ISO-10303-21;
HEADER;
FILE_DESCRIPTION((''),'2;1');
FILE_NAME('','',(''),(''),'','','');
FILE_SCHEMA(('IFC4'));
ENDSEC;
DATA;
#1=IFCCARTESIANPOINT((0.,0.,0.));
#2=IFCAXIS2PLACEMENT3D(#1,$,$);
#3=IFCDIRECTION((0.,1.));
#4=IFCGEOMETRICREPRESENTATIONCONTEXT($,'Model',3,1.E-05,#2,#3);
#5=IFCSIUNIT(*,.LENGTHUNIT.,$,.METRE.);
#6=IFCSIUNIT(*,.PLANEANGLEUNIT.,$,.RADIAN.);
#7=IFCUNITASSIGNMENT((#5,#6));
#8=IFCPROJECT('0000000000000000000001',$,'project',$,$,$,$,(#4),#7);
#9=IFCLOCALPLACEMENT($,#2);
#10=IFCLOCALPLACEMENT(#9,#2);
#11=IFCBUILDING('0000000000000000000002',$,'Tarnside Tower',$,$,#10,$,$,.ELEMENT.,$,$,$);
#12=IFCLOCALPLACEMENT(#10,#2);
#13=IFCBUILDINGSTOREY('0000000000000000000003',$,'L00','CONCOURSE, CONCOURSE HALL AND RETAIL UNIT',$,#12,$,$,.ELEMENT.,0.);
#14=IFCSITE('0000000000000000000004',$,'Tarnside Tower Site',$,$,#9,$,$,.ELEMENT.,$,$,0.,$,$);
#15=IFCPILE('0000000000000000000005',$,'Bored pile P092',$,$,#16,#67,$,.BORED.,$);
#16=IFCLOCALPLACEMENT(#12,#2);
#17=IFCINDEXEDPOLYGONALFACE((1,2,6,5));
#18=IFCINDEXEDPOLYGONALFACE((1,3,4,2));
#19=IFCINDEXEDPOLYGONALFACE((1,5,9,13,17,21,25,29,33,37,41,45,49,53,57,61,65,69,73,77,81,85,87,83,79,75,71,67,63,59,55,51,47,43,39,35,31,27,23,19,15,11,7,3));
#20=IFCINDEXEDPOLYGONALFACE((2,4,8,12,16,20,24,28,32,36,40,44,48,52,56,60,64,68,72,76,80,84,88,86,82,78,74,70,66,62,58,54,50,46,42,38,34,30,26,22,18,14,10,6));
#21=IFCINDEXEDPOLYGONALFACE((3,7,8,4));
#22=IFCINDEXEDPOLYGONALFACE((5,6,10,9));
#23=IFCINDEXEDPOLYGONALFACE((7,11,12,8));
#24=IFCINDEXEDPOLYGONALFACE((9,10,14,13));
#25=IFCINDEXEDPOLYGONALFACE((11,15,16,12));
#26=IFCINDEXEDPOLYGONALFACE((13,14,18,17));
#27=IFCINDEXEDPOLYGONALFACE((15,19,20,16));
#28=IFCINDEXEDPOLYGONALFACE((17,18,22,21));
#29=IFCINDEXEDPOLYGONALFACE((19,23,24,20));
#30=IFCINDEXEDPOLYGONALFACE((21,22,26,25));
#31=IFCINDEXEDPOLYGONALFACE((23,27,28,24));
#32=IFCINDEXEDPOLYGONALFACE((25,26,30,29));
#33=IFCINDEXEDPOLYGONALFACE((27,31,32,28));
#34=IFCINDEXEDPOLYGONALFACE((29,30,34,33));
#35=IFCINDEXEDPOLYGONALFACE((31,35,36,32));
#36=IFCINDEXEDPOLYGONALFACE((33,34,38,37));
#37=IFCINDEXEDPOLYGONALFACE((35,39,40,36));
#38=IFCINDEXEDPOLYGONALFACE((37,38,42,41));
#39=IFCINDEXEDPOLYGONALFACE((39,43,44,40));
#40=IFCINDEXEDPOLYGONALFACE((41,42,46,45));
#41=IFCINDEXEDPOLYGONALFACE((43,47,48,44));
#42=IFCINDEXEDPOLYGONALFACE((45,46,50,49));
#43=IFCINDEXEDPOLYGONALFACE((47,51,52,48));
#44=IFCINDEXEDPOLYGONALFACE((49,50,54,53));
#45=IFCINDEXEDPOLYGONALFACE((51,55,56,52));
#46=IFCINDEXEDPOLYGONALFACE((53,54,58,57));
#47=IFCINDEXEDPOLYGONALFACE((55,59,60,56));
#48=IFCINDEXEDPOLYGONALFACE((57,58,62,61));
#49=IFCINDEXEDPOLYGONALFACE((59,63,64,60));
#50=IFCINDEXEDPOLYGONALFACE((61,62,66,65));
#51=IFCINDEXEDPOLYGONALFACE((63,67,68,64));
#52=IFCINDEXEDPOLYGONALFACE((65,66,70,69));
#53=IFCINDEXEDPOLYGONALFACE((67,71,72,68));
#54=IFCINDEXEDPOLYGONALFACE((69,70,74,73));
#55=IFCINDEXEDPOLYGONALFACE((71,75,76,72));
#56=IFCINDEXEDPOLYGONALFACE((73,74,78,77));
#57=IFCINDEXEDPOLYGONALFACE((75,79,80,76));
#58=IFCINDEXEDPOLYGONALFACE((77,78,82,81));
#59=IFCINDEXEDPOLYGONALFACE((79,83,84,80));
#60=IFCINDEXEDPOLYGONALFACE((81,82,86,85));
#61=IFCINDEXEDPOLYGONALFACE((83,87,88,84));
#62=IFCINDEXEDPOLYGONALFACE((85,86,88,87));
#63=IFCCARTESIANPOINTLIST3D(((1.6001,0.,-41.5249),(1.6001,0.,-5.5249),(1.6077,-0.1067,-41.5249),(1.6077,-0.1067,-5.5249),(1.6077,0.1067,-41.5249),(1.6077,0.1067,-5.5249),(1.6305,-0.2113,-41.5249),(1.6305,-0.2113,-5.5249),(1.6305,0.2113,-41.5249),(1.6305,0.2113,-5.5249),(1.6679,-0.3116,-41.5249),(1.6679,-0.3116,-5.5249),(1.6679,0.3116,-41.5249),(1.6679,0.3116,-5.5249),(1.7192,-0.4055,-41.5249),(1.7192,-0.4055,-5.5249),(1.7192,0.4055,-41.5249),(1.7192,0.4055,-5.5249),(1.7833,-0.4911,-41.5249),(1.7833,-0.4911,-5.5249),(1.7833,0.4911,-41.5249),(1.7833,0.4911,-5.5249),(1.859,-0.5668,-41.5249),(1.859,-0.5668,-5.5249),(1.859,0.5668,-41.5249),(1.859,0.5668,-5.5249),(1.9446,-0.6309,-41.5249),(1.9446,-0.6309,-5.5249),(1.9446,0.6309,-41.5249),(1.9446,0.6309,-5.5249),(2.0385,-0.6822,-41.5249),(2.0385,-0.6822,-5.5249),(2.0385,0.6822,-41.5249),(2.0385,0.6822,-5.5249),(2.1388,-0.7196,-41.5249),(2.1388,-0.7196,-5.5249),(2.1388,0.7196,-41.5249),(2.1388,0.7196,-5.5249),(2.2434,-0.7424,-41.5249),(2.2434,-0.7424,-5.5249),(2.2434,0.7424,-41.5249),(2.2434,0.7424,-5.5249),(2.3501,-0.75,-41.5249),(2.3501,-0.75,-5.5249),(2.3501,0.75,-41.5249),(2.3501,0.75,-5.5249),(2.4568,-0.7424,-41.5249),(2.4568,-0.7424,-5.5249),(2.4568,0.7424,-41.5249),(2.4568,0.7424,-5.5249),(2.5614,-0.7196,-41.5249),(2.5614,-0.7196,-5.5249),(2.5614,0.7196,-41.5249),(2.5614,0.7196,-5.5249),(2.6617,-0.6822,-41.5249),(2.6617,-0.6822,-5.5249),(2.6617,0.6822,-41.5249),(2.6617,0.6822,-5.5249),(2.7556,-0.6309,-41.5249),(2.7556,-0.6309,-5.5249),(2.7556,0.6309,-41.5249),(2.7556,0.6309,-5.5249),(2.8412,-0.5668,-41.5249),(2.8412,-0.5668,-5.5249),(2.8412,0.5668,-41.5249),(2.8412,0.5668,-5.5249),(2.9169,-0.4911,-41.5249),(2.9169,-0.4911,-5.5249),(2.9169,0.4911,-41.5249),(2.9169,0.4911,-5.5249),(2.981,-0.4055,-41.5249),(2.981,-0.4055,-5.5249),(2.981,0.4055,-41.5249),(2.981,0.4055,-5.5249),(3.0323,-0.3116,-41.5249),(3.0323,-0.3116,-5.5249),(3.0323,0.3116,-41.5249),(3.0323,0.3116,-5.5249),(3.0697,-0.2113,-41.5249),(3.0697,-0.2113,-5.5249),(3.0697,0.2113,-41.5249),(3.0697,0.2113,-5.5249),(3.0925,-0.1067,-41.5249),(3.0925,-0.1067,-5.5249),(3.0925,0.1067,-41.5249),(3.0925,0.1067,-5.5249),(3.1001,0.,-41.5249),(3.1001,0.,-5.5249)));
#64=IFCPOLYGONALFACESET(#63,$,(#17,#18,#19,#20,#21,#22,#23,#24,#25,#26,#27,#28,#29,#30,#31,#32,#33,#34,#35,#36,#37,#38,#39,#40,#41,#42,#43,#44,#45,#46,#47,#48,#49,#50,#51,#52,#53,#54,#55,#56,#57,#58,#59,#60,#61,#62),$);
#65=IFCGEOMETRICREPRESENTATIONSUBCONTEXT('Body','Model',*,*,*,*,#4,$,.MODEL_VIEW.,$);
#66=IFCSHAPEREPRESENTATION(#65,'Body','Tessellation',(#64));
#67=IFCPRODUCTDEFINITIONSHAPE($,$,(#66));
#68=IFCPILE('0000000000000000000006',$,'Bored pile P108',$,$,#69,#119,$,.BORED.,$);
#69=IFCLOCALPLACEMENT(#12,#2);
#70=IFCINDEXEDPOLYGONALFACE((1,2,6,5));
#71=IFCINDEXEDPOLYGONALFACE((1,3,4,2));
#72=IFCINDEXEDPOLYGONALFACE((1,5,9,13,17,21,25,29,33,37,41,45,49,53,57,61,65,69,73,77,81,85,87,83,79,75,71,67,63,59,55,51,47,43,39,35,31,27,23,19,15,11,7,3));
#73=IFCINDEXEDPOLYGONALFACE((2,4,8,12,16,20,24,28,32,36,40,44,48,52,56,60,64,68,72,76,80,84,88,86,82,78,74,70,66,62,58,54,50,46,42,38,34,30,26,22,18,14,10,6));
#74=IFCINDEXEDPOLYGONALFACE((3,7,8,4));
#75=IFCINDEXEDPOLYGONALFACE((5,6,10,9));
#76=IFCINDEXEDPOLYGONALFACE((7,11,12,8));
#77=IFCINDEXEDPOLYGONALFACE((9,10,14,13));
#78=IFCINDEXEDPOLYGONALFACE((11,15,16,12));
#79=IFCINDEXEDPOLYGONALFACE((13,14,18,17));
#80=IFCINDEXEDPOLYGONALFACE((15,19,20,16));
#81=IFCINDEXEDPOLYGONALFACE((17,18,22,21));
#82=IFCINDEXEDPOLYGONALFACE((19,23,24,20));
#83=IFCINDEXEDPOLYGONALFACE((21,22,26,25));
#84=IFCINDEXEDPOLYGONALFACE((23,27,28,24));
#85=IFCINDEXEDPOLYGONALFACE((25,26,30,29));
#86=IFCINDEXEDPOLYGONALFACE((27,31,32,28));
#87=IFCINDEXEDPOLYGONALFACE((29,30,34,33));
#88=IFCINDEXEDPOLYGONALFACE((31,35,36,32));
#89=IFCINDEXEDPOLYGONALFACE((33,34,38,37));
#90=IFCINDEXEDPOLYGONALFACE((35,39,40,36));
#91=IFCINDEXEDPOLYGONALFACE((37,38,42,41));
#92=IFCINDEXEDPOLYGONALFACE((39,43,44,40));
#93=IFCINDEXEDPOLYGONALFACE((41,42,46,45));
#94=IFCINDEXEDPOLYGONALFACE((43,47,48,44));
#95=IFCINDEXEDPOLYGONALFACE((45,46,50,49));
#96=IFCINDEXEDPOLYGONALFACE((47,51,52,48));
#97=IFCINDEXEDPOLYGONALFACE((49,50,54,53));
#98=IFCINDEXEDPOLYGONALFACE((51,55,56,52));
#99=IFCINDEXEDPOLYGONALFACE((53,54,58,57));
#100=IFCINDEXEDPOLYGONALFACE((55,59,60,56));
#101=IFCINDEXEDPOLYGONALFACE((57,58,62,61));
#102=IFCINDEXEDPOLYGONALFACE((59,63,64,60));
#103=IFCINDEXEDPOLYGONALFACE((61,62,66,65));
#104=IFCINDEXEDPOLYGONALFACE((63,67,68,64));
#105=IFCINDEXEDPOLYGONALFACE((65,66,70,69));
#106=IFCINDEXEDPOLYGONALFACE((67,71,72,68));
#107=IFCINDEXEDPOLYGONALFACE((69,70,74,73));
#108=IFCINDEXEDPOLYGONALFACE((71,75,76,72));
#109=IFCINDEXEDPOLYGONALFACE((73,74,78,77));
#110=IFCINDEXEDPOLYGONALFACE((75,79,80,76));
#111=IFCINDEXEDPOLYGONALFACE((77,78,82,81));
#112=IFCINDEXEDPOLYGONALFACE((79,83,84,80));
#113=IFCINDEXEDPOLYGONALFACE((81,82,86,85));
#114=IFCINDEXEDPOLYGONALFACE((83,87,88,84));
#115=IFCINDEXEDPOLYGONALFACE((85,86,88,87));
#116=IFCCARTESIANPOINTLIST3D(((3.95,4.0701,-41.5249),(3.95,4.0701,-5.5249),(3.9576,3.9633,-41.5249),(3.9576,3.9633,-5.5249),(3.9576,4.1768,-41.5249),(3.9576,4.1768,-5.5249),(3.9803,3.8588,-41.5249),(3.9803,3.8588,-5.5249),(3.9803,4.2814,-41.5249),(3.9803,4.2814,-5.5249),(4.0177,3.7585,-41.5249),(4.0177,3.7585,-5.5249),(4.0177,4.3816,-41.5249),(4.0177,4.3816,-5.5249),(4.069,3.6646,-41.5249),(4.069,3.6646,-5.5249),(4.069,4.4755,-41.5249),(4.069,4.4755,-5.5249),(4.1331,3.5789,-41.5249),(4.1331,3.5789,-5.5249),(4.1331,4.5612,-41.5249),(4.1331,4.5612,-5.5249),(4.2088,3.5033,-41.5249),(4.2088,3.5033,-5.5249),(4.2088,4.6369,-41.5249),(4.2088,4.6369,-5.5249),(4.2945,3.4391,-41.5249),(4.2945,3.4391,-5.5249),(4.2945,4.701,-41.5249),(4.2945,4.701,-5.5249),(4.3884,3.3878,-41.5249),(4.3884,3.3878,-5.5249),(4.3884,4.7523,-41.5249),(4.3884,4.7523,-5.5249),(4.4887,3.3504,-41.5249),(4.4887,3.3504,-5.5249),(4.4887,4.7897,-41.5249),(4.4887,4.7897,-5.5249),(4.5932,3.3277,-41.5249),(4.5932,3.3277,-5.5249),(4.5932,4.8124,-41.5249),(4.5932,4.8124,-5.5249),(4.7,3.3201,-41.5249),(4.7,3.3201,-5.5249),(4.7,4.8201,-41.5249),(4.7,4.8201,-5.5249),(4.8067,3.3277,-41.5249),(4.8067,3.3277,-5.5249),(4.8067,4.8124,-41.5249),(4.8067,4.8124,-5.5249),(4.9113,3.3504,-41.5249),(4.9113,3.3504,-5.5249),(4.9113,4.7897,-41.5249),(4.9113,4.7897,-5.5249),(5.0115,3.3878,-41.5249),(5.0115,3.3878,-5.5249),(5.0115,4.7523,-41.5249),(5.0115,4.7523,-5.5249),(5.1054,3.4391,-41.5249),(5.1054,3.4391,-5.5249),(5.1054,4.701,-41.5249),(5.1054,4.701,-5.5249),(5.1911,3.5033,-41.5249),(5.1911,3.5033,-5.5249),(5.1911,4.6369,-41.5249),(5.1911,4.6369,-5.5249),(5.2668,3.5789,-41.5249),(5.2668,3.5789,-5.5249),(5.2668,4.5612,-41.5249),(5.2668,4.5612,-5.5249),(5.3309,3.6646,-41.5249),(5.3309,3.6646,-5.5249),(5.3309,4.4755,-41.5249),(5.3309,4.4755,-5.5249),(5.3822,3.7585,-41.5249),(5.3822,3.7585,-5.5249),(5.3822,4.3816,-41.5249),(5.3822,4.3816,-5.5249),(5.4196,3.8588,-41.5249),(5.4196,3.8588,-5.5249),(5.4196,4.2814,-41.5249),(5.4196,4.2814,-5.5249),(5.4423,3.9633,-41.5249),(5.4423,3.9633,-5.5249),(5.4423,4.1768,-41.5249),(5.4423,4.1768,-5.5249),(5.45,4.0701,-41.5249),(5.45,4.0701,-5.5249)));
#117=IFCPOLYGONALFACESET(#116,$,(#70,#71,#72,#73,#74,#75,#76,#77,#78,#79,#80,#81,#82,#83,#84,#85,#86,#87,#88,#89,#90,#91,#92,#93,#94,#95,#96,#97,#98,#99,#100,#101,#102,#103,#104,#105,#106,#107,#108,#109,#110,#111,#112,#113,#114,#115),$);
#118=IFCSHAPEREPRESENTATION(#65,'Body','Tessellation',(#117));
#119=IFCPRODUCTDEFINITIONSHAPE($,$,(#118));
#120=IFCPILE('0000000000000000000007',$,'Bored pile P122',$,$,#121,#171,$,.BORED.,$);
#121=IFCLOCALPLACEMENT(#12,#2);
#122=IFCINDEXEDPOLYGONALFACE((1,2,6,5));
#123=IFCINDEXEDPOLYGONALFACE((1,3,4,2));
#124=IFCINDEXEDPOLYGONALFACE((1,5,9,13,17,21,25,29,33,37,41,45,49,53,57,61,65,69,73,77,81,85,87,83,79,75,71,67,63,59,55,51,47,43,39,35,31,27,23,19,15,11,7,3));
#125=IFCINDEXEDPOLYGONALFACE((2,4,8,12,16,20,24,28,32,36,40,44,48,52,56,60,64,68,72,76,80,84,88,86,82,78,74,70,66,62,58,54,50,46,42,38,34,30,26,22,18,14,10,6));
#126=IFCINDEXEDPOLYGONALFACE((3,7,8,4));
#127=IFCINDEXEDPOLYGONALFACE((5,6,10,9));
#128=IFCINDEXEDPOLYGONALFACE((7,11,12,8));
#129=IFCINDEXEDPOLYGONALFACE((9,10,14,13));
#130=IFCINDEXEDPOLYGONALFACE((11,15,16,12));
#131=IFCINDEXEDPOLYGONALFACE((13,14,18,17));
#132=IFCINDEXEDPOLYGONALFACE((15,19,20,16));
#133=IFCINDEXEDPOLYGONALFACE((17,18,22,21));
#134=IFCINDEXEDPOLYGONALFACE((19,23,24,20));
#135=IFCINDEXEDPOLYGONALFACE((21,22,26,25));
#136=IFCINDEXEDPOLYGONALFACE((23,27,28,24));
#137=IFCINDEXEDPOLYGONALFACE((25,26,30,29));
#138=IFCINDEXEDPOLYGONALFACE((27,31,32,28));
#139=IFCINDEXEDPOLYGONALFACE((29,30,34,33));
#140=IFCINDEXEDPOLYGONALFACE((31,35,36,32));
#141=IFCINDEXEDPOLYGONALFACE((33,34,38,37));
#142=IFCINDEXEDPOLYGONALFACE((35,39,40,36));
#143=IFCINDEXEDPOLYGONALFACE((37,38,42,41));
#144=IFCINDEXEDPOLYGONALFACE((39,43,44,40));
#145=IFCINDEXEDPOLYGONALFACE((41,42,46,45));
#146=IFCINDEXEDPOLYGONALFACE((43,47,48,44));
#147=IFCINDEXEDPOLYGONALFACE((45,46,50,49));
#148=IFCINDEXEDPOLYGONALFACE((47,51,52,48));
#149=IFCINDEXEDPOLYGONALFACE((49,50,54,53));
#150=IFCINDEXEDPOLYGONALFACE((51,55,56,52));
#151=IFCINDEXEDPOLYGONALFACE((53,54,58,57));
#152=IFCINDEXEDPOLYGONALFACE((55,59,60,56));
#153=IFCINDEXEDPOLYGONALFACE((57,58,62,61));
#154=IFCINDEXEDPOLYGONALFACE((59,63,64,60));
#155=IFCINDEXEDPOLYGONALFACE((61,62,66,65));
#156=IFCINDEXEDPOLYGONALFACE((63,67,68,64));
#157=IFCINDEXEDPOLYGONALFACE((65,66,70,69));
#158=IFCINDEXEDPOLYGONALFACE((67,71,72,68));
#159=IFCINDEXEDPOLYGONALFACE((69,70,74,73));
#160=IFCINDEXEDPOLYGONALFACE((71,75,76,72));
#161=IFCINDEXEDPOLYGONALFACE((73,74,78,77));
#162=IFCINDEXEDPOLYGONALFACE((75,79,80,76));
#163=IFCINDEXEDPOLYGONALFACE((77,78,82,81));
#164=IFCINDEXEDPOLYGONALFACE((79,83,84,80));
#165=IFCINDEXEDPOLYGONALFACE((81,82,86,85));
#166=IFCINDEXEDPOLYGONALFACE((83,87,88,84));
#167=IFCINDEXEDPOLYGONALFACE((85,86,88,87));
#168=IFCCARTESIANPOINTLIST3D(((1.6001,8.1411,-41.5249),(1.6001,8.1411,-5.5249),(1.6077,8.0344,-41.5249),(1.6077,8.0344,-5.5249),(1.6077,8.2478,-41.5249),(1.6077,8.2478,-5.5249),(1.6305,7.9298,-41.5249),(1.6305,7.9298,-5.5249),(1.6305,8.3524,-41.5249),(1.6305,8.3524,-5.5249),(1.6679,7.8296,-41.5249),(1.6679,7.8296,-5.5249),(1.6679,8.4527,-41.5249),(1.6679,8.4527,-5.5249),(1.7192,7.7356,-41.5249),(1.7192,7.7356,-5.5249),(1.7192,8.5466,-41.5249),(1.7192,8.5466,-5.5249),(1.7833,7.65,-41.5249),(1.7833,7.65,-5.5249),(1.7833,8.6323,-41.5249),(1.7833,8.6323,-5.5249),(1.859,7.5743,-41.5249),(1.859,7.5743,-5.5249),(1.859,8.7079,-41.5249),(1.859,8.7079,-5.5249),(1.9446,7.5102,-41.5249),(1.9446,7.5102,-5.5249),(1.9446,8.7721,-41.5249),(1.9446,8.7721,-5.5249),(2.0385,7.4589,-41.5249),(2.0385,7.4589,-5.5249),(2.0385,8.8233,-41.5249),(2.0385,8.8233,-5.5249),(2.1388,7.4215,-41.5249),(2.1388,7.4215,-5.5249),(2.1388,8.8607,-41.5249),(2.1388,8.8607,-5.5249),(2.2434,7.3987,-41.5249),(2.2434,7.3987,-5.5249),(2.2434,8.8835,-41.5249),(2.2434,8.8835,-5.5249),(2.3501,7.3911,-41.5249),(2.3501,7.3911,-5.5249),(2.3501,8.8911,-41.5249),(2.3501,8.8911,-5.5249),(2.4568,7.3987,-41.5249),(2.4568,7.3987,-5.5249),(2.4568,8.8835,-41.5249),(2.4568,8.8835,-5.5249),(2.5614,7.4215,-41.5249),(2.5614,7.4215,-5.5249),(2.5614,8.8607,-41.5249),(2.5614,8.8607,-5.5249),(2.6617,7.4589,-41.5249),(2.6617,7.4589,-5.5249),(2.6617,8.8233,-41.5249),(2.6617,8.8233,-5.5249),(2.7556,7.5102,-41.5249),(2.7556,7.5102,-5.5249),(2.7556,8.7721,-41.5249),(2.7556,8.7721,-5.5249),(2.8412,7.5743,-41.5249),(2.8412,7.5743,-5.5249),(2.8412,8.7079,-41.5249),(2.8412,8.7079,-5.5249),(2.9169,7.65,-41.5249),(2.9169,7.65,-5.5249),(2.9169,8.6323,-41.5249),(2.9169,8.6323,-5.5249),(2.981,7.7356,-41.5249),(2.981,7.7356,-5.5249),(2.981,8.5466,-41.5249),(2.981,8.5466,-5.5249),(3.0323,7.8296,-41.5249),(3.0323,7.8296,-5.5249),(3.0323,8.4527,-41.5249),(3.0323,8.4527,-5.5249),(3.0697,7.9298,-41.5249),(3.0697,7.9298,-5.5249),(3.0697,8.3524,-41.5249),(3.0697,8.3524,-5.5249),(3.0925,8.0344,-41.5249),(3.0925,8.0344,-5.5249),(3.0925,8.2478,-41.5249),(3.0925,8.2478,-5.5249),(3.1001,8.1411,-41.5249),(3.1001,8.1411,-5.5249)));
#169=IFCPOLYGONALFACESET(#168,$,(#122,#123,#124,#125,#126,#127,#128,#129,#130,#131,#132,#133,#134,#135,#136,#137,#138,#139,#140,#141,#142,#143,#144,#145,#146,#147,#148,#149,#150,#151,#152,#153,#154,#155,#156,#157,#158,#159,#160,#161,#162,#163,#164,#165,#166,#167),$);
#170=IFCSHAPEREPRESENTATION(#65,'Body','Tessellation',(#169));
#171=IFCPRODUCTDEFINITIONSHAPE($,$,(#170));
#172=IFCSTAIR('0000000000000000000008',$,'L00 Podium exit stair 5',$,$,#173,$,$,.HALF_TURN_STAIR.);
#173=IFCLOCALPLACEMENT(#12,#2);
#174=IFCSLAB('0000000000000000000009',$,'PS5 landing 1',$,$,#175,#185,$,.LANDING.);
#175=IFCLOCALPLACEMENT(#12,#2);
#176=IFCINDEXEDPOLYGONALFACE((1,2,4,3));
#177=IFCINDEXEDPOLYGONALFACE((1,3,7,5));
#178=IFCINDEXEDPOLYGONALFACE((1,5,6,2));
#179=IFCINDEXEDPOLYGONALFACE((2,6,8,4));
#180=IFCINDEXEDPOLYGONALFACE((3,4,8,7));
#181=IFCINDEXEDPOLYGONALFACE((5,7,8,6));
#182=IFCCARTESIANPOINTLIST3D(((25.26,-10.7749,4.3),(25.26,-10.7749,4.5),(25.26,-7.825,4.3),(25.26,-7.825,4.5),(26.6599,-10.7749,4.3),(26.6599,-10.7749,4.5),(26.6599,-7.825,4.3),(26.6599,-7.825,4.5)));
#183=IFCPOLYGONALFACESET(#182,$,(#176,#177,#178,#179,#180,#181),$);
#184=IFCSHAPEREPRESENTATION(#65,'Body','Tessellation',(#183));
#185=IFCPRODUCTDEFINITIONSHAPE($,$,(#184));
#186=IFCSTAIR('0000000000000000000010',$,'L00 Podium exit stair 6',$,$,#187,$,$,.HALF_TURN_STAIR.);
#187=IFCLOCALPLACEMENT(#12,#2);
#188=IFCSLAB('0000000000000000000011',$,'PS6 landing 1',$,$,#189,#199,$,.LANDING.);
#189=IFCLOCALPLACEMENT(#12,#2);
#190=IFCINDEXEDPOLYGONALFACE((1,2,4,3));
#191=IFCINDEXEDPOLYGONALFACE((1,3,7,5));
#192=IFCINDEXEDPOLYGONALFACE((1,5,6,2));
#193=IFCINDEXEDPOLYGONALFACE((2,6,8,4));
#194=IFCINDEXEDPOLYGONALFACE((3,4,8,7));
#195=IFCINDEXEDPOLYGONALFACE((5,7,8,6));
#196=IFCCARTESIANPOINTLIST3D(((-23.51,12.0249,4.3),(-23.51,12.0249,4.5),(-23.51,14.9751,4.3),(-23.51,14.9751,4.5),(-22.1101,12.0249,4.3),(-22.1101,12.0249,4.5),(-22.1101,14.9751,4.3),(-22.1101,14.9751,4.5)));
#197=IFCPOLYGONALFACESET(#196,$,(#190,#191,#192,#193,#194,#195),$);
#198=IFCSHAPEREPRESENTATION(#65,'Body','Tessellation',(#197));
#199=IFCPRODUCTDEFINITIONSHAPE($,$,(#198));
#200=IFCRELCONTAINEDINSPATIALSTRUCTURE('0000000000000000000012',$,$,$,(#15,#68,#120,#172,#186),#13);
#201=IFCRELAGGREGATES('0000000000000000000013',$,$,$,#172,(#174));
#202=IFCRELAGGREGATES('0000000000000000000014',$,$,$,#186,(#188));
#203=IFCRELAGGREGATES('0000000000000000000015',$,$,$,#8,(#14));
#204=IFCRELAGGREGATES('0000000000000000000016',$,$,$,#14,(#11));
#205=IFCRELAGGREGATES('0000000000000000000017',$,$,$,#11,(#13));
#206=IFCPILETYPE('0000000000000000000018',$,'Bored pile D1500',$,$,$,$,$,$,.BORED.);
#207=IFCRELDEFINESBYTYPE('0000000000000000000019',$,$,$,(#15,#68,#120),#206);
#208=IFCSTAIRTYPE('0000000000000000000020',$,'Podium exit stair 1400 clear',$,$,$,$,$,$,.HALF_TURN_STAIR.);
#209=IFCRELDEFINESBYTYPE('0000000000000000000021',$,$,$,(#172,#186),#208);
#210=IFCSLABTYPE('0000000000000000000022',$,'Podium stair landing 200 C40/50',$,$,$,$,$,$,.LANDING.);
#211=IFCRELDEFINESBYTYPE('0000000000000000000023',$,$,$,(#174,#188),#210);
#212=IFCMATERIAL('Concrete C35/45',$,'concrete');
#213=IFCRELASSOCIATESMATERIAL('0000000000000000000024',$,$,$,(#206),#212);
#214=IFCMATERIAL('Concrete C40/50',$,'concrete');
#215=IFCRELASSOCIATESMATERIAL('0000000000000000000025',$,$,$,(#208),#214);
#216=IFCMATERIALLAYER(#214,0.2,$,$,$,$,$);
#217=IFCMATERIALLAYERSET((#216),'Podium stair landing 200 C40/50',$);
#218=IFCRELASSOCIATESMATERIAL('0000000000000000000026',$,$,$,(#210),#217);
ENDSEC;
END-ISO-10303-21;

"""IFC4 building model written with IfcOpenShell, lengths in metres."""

from ifc_helpers import new_model, si_unit, direction, frame, origin, origin_2d, place, context, subcontext, project, spatial, polyline, circle, outline, extrude, material, layer, layer_set, material_profile, profile_set, type_object, element, aggregate, save


model = new_model("IFC4")

# Units and contexts
model_context = context("Model", 3, precision=1e-05, world=origin(), true_north=direction((0.0, 1.0)))
body_context = subcontext(model_context, "Body", "Model", "MODEL_VIEW")
ifc_project = project(units=[si_unit("LENGTHUNIT", "METRE"), si_unit("PLANEANGLEUNIT", "RADIAN")], contexts=[model_context])

# Site, building, storey
site_placement = place(None, origin())
site = spatial("IfcSite", under=ifc_project, at=site_placement, Name="Tarnside Tower Site", CompositionType="ELEMENT", RefElevation=0.0)
building_placement = place(site_placement, origin())
building = spatial("IfcBuilding", under=site, at=building_placement, Name="Tarnside Tower", CompositionType="ELEMENT")
storey_placement = place(building_placement, origin())
storey = spatial("IfcBuildingStorey", under=building, at=storey_placement, Name="L00", Description="CONCOURSE, CONCOURSE HALL AND RETAIL UNIT", CompositionType="ELEMENT", Elevation=0.0)

# Piles
ifc_material_1 = material(Name="Concrete C35/45", Category="concrete")
ifc_material_profile = material_profile(ifc_material_1, circle(Radius=0.75, at=origin_2d()), Name="Bored pile D1500")
ifc_profile_set = profile_set([ifc_material_profile], Name="Concrete C35/45")
pile_type = type_object("IfcPileType", Name="Bored pile D1500", PredefinedType="BORED", material=ifc_profile_set)
for number, where, z_axis, x_axis, name in (
    (1, (2.3501, 0.0, -5.5249), (0.0, 0.0, -1.0), (1.0, 0.0, 0.0), "Bored pile P092"),
    (2, (4.7, 4.0701, -5.5249), (0.0, 0.0, -1.0), (1.0, 0.0, 0.0), "Bored pile P108"),
    (3, (2.3501, 8.1411, -5.5249), (0.0, 0.0, -1.0), (1.0, 0.0, 0.0), "Bored pile P122"),
):
    element("IfcPile", number, at=place(storey_placement, frame(where, z_axis=z_axis, x_axis=x_axis)), inside=storey, type_object=pile_type, Name=name, PredefinedType="BORED", context=body_context, shape_type="SweptSolid", body=[
        extrude(circle(Radius=0.75, at=origin_2d()), origin(), (0.0, 0.0, 1.0), 36.0),
    ])

# Stairs, slabs
ifc_material_2 = material(Name="Concrete C40/50", Category="concrete")
stair_type = type_object("IfcStairType", Name="Podium exit stair 1400 clear", PredefinedType="HALF_TURN_STAIR", material=ifc_material_2)
stair_1_placement = place(storey_placement, origin())
stair_1 = element("IfcStair", 4, at=stair_1_placement, inside=storey, type_object=stair_type, Name="L00 Podium exit stair 5", PredefinedType="HALF_TURN_STAIR")
ifc_layer_1 = layer(ifc_material_2, 0.2)
ifc_layer_set_1 = layer_set([ifc_layer_1], Name="Podium stair landing 200 C40/50")
slab_type = type_object("IfcSlabType", Name="Podium stair landing 200 C40/50", PredefinedType="LANDING", material=ifc_layer_set_1)
slab_1_placement = place(storey_placement, frame((0.0, 0.0, 4.3)))
slab_1 = element("IfcSlab", 5, at=slab_1_placement, type_object=slab_type, Name="PS5 landing 1", PredefinedType="LANDING", context=body_context, shape_type="SweptSolid", body=[
    extrude(outline(polyline([(25.26, -10.7749), (26.6599, -10.7749), (26.6599, -7.825), (25.26, -7.825), (25.26, -10.7749)])), origin(), (0.0, 0.0, 1.0), 0.2),
])
aggregate(stair_1, [slab_1])
stair_2_placement = place(storey_placement, origin())
stair_2 = element("IfcStair", 6, at=stair_2_placement, inside=storey, type_object=stair_type, Name="L00 Podium exit stair 6", PredefinedType="HALF_TURN_STAIR")
slab_2_placement = place(storey_placement, frame((0.0, 0.0, 4.3)))
slab_2 = element("IfcSlab", 7, at=slab_2_placement, type_object=slab_type, Name="PS6 landing 1", PredefinedType="LANDING", context=body_context, shape_type="SweptSolid", body=[
    extrude(outline(polyline([(-22.1101, 14.9751), (-23.51, 14.9751), (-23.51, 12.0249), (-22.1101, 12.0249), (-22.1101, 14.9751)])), origin(), (0.0, 0.0, 1.0), 0.2),
])
aggregate(stair_2, [slab_2])

save(model, "model.ifc")
